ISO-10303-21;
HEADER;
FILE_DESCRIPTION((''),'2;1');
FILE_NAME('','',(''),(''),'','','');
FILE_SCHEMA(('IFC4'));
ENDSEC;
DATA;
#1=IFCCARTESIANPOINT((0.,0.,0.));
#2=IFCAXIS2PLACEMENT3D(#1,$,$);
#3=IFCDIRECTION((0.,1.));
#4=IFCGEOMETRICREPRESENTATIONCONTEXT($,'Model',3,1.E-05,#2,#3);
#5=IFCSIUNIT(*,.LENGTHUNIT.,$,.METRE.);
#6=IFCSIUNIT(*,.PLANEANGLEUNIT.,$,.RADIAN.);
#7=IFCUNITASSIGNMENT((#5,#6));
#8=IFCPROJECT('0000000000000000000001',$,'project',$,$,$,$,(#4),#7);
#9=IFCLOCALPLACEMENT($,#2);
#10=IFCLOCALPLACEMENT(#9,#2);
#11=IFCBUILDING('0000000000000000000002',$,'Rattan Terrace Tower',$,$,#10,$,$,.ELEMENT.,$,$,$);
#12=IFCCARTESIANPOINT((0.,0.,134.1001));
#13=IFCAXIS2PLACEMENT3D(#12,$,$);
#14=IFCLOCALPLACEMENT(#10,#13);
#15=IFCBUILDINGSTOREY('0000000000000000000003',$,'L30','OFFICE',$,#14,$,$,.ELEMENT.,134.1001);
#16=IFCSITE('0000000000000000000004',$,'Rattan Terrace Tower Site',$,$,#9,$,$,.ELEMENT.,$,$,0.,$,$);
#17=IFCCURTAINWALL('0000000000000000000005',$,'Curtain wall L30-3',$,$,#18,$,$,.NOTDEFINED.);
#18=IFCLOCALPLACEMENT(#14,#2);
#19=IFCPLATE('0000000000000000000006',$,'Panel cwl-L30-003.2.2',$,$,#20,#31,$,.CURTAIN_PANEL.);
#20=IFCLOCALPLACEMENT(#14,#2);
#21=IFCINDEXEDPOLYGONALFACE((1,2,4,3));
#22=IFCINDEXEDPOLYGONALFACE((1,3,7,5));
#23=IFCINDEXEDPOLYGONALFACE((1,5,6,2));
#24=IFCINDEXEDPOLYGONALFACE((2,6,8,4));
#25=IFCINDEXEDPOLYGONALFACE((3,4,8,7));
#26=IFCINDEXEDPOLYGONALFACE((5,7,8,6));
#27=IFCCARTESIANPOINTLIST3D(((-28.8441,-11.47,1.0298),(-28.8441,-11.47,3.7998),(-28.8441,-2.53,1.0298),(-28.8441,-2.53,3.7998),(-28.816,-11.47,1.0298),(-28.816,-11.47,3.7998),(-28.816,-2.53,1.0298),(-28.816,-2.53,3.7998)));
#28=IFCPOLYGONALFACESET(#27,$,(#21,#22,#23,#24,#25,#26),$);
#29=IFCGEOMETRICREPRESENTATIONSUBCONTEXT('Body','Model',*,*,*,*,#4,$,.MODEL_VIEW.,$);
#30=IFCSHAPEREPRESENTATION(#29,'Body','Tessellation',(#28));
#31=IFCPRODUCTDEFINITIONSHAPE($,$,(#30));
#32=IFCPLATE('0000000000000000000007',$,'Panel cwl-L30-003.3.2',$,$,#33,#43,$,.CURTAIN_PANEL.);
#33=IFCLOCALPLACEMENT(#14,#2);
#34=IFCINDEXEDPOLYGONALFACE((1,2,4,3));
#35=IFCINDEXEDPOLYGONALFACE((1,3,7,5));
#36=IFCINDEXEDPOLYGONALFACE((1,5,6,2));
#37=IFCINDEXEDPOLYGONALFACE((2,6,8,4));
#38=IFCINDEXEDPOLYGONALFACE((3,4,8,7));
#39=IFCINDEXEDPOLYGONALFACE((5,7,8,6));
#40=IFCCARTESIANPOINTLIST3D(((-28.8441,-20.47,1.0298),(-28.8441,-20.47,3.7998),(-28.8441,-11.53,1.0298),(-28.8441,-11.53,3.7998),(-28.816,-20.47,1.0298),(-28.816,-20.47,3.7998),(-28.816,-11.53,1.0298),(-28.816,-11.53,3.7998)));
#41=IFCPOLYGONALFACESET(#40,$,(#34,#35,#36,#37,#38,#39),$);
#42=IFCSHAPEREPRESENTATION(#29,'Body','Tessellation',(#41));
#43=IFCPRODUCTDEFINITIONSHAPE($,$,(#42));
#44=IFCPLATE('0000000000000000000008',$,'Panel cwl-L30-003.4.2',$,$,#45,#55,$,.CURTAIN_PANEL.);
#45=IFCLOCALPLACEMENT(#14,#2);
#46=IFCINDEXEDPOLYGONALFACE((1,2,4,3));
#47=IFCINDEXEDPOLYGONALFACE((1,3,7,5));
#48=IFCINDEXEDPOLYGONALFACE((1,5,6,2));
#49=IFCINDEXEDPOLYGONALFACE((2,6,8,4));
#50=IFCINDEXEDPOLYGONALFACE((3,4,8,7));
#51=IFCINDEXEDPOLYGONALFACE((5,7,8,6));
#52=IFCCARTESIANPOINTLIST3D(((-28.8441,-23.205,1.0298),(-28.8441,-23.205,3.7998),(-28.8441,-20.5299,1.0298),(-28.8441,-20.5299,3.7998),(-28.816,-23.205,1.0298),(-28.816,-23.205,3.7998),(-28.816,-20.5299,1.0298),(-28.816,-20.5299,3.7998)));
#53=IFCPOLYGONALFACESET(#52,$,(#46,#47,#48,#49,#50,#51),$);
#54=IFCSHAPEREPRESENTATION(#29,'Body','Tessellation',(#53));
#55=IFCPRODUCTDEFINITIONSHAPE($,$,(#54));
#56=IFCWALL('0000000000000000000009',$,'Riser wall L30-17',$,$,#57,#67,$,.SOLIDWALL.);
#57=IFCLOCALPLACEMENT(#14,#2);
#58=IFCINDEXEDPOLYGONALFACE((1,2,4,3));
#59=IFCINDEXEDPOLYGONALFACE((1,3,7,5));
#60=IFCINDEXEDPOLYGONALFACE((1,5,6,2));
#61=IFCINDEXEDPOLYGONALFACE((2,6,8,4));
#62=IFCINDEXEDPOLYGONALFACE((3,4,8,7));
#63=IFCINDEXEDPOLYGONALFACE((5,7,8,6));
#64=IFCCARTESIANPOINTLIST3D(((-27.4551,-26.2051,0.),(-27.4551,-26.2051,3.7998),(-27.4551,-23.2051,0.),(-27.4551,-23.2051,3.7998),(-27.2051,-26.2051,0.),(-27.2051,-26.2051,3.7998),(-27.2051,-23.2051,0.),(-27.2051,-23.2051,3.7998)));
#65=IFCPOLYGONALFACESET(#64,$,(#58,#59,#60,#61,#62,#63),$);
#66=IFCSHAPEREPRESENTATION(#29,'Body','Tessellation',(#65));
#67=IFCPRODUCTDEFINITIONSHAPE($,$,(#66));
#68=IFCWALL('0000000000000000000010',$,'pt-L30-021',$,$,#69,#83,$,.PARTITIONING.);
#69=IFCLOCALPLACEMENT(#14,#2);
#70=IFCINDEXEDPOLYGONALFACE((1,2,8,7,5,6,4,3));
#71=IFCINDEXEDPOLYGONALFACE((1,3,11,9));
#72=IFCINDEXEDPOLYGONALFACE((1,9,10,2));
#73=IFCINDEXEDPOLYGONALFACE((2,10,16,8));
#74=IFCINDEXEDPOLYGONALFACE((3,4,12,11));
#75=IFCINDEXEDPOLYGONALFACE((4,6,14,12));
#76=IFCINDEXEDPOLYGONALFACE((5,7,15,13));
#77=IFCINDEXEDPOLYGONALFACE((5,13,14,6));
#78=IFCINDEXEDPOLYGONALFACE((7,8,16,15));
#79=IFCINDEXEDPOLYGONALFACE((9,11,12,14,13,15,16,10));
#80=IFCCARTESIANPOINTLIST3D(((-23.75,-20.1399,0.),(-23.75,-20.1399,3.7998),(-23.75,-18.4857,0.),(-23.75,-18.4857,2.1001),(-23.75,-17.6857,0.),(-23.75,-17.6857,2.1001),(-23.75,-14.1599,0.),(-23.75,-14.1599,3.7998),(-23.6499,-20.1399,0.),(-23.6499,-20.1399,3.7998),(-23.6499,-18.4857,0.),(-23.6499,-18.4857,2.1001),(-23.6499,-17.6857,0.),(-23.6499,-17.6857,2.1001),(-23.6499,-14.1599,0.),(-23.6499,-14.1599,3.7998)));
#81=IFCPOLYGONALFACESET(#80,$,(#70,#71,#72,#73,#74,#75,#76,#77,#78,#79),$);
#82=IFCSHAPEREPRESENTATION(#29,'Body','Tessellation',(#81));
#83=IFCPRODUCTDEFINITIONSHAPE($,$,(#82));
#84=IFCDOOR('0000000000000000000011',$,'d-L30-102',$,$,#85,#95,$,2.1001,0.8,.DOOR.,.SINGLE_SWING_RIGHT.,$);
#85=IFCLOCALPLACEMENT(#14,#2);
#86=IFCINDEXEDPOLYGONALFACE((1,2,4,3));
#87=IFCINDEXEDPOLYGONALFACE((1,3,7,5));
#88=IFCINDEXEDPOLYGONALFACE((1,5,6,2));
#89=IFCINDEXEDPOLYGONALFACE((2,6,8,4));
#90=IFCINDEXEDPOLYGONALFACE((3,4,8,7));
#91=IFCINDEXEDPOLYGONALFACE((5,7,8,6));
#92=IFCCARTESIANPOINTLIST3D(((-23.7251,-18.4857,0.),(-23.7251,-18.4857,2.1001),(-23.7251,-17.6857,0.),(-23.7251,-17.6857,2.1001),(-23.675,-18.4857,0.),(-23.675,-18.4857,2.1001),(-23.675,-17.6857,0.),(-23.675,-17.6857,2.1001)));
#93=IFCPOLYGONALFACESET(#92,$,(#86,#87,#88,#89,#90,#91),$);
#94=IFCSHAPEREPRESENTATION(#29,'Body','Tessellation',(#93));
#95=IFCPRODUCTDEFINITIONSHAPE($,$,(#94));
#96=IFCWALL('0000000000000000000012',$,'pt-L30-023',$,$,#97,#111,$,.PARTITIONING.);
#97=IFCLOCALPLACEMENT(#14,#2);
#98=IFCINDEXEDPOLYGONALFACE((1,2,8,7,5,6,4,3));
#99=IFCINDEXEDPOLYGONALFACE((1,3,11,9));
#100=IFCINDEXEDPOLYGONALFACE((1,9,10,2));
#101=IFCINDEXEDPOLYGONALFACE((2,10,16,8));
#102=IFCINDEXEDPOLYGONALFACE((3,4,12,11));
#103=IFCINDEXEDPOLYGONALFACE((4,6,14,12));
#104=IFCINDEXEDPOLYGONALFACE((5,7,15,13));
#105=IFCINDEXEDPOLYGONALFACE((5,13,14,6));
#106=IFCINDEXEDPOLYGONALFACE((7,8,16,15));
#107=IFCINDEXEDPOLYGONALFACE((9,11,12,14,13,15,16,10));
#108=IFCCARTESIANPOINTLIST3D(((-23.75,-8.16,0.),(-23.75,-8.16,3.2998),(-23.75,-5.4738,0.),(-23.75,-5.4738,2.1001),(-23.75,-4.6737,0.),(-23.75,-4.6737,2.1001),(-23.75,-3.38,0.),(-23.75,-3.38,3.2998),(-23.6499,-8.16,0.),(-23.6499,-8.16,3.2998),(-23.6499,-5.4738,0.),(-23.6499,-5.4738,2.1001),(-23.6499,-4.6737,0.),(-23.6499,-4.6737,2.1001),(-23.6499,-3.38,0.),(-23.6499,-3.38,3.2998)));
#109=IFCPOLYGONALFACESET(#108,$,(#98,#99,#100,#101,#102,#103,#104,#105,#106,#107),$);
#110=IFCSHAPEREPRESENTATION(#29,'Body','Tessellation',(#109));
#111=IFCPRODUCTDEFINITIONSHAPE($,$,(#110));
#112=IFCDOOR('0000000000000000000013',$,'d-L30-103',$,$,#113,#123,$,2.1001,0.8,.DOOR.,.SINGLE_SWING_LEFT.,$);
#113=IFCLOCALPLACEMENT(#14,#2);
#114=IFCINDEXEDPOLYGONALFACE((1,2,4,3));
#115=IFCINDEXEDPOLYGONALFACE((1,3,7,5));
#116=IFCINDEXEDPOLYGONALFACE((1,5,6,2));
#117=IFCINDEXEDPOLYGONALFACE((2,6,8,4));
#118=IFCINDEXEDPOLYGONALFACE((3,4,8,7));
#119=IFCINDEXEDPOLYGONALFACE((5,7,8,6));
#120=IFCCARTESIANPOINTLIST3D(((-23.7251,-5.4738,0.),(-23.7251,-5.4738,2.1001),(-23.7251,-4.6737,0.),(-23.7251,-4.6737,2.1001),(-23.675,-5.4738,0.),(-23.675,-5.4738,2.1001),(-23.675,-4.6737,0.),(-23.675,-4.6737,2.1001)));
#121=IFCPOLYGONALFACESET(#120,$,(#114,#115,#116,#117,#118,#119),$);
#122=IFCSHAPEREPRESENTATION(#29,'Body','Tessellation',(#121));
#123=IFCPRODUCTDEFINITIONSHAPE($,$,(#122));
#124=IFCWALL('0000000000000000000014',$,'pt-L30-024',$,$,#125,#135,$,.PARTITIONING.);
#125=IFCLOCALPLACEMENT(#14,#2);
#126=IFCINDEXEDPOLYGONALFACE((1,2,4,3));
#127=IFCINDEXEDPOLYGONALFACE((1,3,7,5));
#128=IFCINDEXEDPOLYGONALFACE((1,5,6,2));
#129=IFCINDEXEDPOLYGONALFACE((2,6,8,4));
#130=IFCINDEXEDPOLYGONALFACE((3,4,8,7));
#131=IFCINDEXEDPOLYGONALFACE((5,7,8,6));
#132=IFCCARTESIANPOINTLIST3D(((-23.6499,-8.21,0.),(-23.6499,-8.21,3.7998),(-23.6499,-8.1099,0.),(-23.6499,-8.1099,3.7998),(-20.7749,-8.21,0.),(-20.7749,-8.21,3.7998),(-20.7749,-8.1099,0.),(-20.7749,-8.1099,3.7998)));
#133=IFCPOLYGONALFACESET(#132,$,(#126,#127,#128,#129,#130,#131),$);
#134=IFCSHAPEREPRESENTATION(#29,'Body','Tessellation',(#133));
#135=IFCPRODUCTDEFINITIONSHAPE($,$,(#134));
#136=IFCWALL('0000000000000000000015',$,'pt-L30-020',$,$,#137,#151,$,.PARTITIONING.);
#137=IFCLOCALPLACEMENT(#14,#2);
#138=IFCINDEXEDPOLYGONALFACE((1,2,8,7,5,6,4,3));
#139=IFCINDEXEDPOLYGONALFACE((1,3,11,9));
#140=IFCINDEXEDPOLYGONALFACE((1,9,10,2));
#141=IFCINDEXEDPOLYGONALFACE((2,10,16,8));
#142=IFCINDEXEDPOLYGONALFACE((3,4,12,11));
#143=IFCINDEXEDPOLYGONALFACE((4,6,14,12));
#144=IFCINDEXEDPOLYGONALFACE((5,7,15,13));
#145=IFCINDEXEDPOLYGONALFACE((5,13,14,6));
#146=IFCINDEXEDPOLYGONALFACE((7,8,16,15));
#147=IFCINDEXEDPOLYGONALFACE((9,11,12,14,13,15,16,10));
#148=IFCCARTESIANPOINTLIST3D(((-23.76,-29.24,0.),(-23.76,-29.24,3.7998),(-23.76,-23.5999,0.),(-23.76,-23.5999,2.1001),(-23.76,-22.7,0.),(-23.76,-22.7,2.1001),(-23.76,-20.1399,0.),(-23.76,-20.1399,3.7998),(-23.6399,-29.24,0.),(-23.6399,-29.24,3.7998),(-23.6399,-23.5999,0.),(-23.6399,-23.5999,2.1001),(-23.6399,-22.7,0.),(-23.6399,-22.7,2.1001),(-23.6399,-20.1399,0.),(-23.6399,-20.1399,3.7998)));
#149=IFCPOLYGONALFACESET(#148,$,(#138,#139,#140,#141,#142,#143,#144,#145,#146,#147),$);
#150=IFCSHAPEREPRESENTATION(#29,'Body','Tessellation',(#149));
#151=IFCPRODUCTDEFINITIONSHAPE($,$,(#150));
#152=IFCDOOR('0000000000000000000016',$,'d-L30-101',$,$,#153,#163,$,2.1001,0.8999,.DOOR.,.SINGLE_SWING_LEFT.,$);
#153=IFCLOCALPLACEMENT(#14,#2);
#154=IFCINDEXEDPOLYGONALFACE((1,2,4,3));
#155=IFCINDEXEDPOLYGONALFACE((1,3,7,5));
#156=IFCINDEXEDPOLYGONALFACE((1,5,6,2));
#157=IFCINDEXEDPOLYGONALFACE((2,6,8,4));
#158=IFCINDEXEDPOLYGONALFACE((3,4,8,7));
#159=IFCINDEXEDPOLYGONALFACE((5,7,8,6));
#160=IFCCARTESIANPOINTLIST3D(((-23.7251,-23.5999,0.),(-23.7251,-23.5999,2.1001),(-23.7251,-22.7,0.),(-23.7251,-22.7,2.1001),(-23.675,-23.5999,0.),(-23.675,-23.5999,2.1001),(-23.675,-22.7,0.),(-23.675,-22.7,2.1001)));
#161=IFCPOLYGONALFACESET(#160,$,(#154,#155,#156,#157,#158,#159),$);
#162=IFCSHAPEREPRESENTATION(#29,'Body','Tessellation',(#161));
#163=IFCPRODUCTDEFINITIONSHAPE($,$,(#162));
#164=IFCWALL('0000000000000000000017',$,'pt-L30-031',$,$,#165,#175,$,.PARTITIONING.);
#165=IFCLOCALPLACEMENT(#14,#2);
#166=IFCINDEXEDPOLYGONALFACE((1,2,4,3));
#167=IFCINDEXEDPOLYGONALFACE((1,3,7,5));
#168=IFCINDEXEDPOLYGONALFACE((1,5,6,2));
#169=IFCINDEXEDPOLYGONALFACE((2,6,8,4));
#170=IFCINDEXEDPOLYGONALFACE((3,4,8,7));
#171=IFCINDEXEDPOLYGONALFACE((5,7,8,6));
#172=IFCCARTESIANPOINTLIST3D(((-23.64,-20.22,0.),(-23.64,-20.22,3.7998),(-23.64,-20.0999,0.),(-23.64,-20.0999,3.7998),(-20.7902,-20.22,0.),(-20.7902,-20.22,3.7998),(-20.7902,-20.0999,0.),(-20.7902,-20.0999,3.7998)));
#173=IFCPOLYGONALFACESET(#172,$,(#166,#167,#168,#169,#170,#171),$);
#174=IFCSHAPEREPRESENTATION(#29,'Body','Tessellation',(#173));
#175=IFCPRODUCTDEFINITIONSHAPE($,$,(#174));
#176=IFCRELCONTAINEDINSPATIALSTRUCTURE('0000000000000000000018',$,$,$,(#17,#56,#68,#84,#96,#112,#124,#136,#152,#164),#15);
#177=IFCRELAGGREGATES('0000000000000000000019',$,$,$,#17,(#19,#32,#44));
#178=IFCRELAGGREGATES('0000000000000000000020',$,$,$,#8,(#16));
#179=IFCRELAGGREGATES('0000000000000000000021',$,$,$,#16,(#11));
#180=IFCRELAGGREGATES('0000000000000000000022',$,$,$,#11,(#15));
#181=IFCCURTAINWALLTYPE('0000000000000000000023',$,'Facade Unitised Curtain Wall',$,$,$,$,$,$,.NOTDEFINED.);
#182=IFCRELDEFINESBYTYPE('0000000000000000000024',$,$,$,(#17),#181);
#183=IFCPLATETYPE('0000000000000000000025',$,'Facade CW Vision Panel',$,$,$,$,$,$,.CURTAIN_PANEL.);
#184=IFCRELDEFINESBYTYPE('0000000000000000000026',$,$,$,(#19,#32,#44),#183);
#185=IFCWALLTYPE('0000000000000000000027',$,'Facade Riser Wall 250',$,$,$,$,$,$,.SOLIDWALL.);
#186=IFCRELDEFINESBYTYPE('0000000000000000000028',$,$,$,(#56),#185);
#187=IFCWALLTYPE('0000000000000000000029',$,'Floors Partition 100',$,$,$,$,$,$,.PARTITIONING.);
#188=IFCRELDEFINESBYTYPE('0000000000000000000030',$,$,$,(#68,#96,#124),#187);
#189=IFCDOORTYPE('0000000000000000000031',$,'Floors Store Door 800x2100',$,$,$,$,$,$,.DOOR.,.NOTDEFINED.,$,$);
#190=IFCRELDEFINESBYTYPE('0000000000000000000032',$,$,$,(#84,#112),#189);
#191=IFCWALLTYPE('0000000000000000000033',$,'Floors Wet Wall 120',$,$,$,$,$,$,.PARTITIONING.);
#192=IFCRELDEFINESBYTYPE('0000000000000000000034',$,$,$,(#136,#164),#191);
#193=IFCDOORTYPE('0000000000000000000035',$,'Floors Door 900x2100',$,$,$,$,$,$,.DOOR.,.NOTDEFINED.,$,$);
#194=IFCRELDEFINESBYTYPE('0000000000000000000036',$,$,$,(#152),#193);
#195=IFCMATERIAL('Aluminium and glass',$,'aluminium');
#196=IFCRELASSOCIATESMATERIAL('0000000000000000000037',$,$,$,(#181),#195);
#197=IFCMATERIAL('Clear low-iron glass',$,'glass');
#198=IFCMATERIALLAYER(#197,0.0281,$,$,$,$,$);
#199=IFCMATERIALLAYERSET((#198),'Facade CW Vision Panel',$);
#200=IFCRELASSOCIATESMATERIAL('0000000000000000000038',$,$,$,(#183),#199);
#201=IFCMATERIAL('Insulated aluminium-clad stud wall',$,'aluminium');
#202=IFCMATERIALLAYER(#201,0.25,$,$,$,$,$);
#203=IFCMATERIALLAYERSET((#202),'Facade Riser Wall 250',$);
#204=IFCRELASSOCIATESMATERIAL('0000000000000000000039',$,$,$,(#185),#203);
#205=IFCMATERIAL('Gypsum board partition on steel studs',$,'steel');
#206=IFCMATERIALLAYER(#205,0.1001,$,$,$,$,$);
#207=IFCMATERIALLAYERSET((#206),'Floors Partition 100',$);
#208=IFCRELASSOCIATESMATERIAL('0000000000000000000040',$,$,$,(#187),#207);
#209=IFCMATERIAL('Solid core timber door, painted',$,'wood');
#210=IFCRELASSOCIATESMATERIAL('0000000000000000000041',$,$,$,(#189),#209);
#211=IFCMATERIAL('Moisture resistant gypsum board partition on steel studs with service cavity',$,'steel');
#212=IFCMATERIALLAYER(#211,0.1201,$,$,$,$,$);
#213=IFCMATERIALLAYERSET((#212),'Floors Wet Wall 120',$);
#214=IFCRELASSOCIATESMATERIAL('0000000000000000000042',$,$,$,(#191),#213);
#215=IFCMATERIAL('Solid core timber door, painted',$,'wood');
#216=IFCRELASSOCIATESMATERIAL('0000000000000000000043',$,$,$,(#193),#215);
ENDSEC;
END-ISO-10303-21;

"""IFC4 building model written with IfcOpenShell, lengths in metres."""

from ifc_helpers import new_model, si_unit, direction, frame, frame_2d, origin, origin_2d, place, context, subcontext, project, spatial, rectangle, extrude, material, layer, layer_set, type_object, element, fill, aggregate, save


model = new_model("IFC4")

# Units and contexts
model_context = context("Model", 3, precision=1e-05, world=origin(), true_north=direction((0.0, 1.0)))
body_context = subcontext(model_context, "Body", "Model", "MODEL_VIEW")
ifc_project = project(units=[si_unit("LENGTHUNIT", "METRE"), si_unit("PLANEANGLEUNIT", "RADIAN")], contexts=[model_context])

# Site, building, storey
site_placement = place(None, origin())
site = spatial("IfcSite", under=ifc_project, at=site_placement, Name="Rattan Terrace Tower Site", CompositionType="ELEMENT", RefElevation=0.0)
building_placement = place(site_placement, origin())
building = spatial("IfcBuilding", under=site, at=building_placement, Name="Rattan Terrace Tower", CompositionType="ELEMENT")
storey_placement = place(building_placement, frame((0.0, 0.0, 134.1001)))
storey = spatial("IfcBuildingStorey", under=building, at=storey_placement, Name="L30", Description="OFFICE", CompositionType="ELEMENT", Elevation=134.1001)

# Curtain wall
ifc_material_1 = material(Name="Aluminium and glass", Category="aluminium")
curtain_wall_type = type_object("IfcCurtainWallType", Name="Facade Unitised Curtain Wall", PredefinedType="NOTDEFINED", material=ifc_material_1)
curtain_wall_placement = place(storey_placement, origin())
curtain_wall = element("IfcCurtainWall", 1, at=curtain_wall_placement, inside=storey, type_object=curtain_wall_type, Name="Curtain wall L30-3", PredefinedType="NOTDEFINED")

# Plates
ifc_material_2 = material(Name="Clear low-iron glass", Category="glass")
ifc_layer_1 = layer(ifc_material_2, 0.0281)
ifc_layer_set_1 = layer_set([ifc_layer_1], Name="Facade CW Vision Panel")
plate_type_1 = type_object("IfcPlateType", Name="Facade CW Vision Panel", PredefinedType="CURTAIN_PANEL", material=ifc_layer_set_1)
plate_1_placement = place(storey_placement, frame((-28.8301, -7.0, 1.0298), z_axis=(0.0, 0.0, 1.0), x_axis=(0.0, -1.0, 0.0)))
plate_1 = element("IfcPlate", 2, at=plate_1_placement, type_object=plate_type_1, Name="Panel cwl-L30-003.2.2", PredefinedType="CURTAIN_PANEL", context=body_context, shape_type="SweptSolid", body=[
    extrude(rectangle(XDim=8.9399, YDim=0.0281, at=origin_2d()), origin(), (0.0, 0.0, 1.0), 2.77),
])
plate_2_placement = place(storey_placement, frame((-28.8301, -16.0, 1.0298), z_axis=(0.0, 0.0, 1.0), x_axis=(0.0, -1.0, 0.0)))
plate_2 = element("IfcPlate", 3, at=plate_2_placement, type_object=plate_type_1, Name="Panel cwl-L30-003.3.2", PredefinedType="CURTAIN_PANEL", context=body_context, shape_type="SweptSolid", body=[
    extrude(rectangle(XDim=8.9399, YDim=0.0281, at=origin_2d()), origin(), (0.0, 0.0, 1.0), 2.77),
])
plate_3_placement = place(storey_placement, frame((-28.8301, -21.8674, 1.0298), z_axis=(0.0, 0.0, 1.0), x_axis=(0.0, -1.0, 0.0)))
plate_3 = element("IfcPlate", 4, at=plate_3_placement, type_object=plate_type_1, Name="Panel cwl-L30-003.4.2", PredefinedType="CURTAIN_PANEL", context=body_context, shape_type="SweptSolid", body=[
    extrude(rectangle(XDim=2.675, YDim=0.0281, at=origin_2d()), origin(), (0.0, 0.0, 1.0), 2.77),
])
aggregate(curtain_wall, [plate_1, plate_2, plate_3])

# Wall
ifc_material_3 = material(Name="Insulated aluminium-clad stud wall", Category="aluminium")
ifc_layer_2 = layer(ifc_material_3, 0.25)
ifc_layer_set_2 = layer_set([ifc_layer_2], Name="Facade Riser Wall 250")
wall_type_1 = type_object("IfcWallType", Name="Facade Riser Wall 250", PredefinedType="SOLIDWALL", material=ifc_layer_set_2)
wall_1_placement = place(storey_placement, frame((-27.3301, -23.2051, 0.0), z_axis=(0.0, 0.0, 1.0), x_axis=(0.0, -1.0, 0.0)))
element("IfcWall", 5, at=wall_1_placement, inside=storey, type_object=wall_type_1, Name="Riser wall L30-17", PredefinedType="SOLIDWALL", context=body_context, shape_type="SweptSolid", body=[
    extrude(rectangle(XDim=3.0, YDim=0.25, at=frame_2d((1.5, 0.0))), origin(), (0.0, 0.0, 1.0), 3.7998),
])

# Walls, openings, doors
ifc_material_4 = material(Name="Gypsum board partition on steel studs", Category="steel")
ifc_layer_3 = layer(ifc_material_4, 0.1001)
ifc_layer_set_3 = layer_set([ifc_layer_3], Name="Floors Partition 100")
wall_type_2 = type_object("IfcWallType", Name="Floors Partition 100", PredefinedType="PARTITIONING", material=ifc_layer_set_3)
wall_2_placement = place(storey_placement, frame((-23.7, -14.1599, 0.0), z_axis=(0.0, 0.0, 1.0), x_axis=(0.0, -1.0, 0.0)))
wall_2 = element("IfcWall", 6, at=wall_2_placement, inside=storey, type_object=wall_type_2, Name="pt-L30-021", PredefinedType="PARTITIONING", context=body_context, shape_type="SweptSolid", body=[
    extrude(rectangle(XDim=5.98, YDim=0.1001, at=frame_2d((2.99, 0.0))), origin(), (0.0, 0.0, 1.0), 3.7998),
])
opening_1_placement = place(wall_2_placement, frame((3.5259, 0.0, 0.0)))
opening_1 = element("IfcOpeningElement", 7, at=opening_1_placement, cuts=wall_2, PredefinedType="OPENING", context=body_context, shape_type="SweptSolid", body=[
    extrude(rectangle(XDim=0.8, YDim=2.1001, at=frame_2d((0.3999, 1.05))), frame((0.0, 0.0605, 0.0), z_axis=(0.0, -1.0, 0.0), x_axis=(1.0, 0.0, 0.0)), (0.0, 0.0, 1.0), 0.1211),
])
ifc_material_5 = material(Name="Solid core timber door, painted", Category="wood")
door_type_1 = type_object("IfcDoorType", Name="Floors Store Door 800x2100", OperationType="NOTDEFINED", PredefinedType="DOOR", material=ifc_material_5)
door_1_placement = place(opening_1_placement, origin())
door_1 = element("IfcDoor", 8, at=door_1_placement, inside=storey, type_object=door_type_1, Name="d-L30-102", OperationType="SINGLE_SWING_RIGHT", OverallHeight=2.1001, OverallWidth=0.8, PredefinedType="DOOR", context=body_context, shape_type="SweptSolid", body=[
    extrude(rectangle(XDim=0.8, YDim=2.1001, at=frame_2d((0.3999, 1.05))), frame((0.0, 0.0249, 0.0), z_axis=(0.0, -1.0, 0.0), x_axis=(1.0, 0.0, 0.0)), (0.0, 0.0, 1.0), 0.05),
])
fill(opening_1, door_1)
wall_3_placement = place(storey_placement, frame((-23.7, -3.3799, 0.0), z_axis=(0.0, 0.0, 1.0), x_axis=(0.0, -1.0, 0.0)))
wall_3 = element("IfcWall", 9, at=wall_3_placement, inside=storey, type_object=wall_type_2, Name="pt-L30-023", PredefinedType="PARTITIONING", context=body_context, shape_type="SweptSolid", body=[
    extrude(rectangle(XDim=4.78, YDim=0.1001, at=frame_2d((2.3901, 0.0))), origin(), (0.0, 0.0, 1.0), 3.2998),
])
opening_2_placement = place(wall_3_placement, frame((1.2939, 0.0, 0.0)))
opening_2 = element("IfcOpeningElement", 10, at=opening_2_placement, cuts=wall_3, PredefinedType="OPENING", context=body_context, shape_type="SweptSolid", body=[
    extrude(rectangle(XDim=0.8, YDim=2.1001, at=frame_2d((0.3999, 1.05))), frame((0.0, 0.0605, 0.0), z_axis=(0.0, -1.0, 0.0), x_axis=(1.0, 0.0, 0.0)), (0.0, 0.0, 1.0), 0.1211),
])
door_2_placement = place(opening_2_placement, origin())
door_2 = element("IfcDoor", 11, at=door_2_placement, inside=storey, type_object=door_type_1, Name="d-L30-103", OperationType="SINGLE_SWING_LEFT", OverallHeight=2.1001, OverallWidth=0.8, PredefinedType="DOOR", context=body_context, shape_type="SweptSolid", body=[
    extrude(rectangle(XDim=0.8, YDim=2.1001, at=frame_2d((0.3999, 1.05))), frame((0.0, 0.0249, 0.0), z_axis=(0.0, -1.0, 0.0), x_axis=(1.0, 0.0, 0.0)), (0.0, 0.0, 1.0), 0.05),
])
fill(opening_2, door_2)

# Wall
wall_4_placement = place(storey_placement, frame((-23.6499, -8.1599, 0.0), z_axis=(0.0, 0.0, 1.0), x_axis=(1.0, 0.0, 0.0)))
element("IfcWall", 12, at=wall_4_placement, inside=storey, type_object=wall_type_2, Name="pt-L30-024", PredefinedType="PARTITIONING", context=body_context, shape_type="SweptSolid", body=[
    extrude(rectangle(XDim=2.875, YDim=0.1001, at=frame_2d((1.4375, 0.0))), origin(), (0.0, 0.0, 1.0), 3.7998),
])

# Wall, opening, door
ifc_material_6 = material(Name="Moisture resistant gypsum board partition on steel studs with service cavity", Category="steel")
ifc_layer_4 = layer(ifc_material_6, 0.1201)
ifc_layer_set_4 = layer_set([ifc_layer_4], Name="Floors Wet Wall 120")
wall_type_3 = type_object("IfcWallType", Name="Floors Wet Wall 120", PredefinedType="PARTITIONING", material=ifc_layer_set_4)
wall_5_placement = place(storey_placement, frame((-23.7, -20.1399, 0.0), z_axis=(0.0, 0.0, 1.0), x_axis=(0.0, -1.0, 0.0)))
wall_5 = element("IfcWall", 13, at=wall_5_placement, inside=storey, type_object=wall_type_3, Name="pt-L30-020", PredefinedType="PARTITIONING", context=body_context, shape_type="SweptSolid", body=[
    extrude(rectangle(XDim=9.1001, YDim=0.1201, at=frame_2d((4.55, 0.0))), origin(), (0.0, 0.0, 1.0), 3.7998),
])
opening_3_placement = place(wall_5_placement, frame((2.5601, 0.0, 0.0)))
opening_3 = element("IfcOpeningElement", 14, at=opening_3_placement, cuts=wall_5, PredefinedType="OPENING", context=body_context, shape_type="SweptSolid", body=[
    extrude(rectangle(XDim=0.8999, YDim=2.1001, at=frame_2d((0.45, 1.05))), frame((0.0, 0.0706, 0.0), z_axis=(0.0, -1.0, 0.0), x_axis=(1.0, 0.0, 0.0)), (0.0, 0.0, 1.0), 0.1411),
])
ifc_material_7 = material(Name="Solid core timber door, painted", Category="wood")
door_type_2 = type_object("IfcDoorType", Name="Floors Door 900x2100", OperationType="NOTDEFINED", PredefinedType="DOOR", material=ifc_material_7)
door_3_placement = place(opening_3_placement, origin())
door_3 = element("IfcDoor", 15, at=door_3_placement, inside=storey, type_object=door_type_2, Name="d-L30-101", OperationType="SINGLE_SWING_LEFT", OverallHeight=2.1001, OverallWidth=0.8999, PredefinedType="DOOR", context=body_context, shape_type="SweptSolid", body=[
    extrude(rectangle(XDim=0.8999, YDim=2.1001, at=frame_2d((0.45, 1.05))), frame((0.0, 0.0249, 0.0), z_axis=(0.0, -1.0, 0.0), x_axis=(1.0, 0.0, 0.0)), (0.0, 0.0, 1.0), 0.05),
])
fill(opening_3, door_3)

# Wall
wall_6_placement = place(storey_placement, frame((-23.6399, -20.1599, 0.0), z_axis=(0.0, 0.0, 1.0), x_axis=(1.0, 0.0, 0.0)))
element("IfcWall", 16, at=wall_6_placement, inside=storey, type_object=wall_type_3, Name="pt-L30-031", PredefinedType="PARTITIONING", context=body_context, shape_type="SweptSolid", body=[
    extrude(rectangle(XDim=2.8499, YDim=0.1201, at=frame_2d((1.4248, 0.0))), origin(), (0.0, 0.0, 1.0), 3.7998),
])

save(model, "model.ifc")
